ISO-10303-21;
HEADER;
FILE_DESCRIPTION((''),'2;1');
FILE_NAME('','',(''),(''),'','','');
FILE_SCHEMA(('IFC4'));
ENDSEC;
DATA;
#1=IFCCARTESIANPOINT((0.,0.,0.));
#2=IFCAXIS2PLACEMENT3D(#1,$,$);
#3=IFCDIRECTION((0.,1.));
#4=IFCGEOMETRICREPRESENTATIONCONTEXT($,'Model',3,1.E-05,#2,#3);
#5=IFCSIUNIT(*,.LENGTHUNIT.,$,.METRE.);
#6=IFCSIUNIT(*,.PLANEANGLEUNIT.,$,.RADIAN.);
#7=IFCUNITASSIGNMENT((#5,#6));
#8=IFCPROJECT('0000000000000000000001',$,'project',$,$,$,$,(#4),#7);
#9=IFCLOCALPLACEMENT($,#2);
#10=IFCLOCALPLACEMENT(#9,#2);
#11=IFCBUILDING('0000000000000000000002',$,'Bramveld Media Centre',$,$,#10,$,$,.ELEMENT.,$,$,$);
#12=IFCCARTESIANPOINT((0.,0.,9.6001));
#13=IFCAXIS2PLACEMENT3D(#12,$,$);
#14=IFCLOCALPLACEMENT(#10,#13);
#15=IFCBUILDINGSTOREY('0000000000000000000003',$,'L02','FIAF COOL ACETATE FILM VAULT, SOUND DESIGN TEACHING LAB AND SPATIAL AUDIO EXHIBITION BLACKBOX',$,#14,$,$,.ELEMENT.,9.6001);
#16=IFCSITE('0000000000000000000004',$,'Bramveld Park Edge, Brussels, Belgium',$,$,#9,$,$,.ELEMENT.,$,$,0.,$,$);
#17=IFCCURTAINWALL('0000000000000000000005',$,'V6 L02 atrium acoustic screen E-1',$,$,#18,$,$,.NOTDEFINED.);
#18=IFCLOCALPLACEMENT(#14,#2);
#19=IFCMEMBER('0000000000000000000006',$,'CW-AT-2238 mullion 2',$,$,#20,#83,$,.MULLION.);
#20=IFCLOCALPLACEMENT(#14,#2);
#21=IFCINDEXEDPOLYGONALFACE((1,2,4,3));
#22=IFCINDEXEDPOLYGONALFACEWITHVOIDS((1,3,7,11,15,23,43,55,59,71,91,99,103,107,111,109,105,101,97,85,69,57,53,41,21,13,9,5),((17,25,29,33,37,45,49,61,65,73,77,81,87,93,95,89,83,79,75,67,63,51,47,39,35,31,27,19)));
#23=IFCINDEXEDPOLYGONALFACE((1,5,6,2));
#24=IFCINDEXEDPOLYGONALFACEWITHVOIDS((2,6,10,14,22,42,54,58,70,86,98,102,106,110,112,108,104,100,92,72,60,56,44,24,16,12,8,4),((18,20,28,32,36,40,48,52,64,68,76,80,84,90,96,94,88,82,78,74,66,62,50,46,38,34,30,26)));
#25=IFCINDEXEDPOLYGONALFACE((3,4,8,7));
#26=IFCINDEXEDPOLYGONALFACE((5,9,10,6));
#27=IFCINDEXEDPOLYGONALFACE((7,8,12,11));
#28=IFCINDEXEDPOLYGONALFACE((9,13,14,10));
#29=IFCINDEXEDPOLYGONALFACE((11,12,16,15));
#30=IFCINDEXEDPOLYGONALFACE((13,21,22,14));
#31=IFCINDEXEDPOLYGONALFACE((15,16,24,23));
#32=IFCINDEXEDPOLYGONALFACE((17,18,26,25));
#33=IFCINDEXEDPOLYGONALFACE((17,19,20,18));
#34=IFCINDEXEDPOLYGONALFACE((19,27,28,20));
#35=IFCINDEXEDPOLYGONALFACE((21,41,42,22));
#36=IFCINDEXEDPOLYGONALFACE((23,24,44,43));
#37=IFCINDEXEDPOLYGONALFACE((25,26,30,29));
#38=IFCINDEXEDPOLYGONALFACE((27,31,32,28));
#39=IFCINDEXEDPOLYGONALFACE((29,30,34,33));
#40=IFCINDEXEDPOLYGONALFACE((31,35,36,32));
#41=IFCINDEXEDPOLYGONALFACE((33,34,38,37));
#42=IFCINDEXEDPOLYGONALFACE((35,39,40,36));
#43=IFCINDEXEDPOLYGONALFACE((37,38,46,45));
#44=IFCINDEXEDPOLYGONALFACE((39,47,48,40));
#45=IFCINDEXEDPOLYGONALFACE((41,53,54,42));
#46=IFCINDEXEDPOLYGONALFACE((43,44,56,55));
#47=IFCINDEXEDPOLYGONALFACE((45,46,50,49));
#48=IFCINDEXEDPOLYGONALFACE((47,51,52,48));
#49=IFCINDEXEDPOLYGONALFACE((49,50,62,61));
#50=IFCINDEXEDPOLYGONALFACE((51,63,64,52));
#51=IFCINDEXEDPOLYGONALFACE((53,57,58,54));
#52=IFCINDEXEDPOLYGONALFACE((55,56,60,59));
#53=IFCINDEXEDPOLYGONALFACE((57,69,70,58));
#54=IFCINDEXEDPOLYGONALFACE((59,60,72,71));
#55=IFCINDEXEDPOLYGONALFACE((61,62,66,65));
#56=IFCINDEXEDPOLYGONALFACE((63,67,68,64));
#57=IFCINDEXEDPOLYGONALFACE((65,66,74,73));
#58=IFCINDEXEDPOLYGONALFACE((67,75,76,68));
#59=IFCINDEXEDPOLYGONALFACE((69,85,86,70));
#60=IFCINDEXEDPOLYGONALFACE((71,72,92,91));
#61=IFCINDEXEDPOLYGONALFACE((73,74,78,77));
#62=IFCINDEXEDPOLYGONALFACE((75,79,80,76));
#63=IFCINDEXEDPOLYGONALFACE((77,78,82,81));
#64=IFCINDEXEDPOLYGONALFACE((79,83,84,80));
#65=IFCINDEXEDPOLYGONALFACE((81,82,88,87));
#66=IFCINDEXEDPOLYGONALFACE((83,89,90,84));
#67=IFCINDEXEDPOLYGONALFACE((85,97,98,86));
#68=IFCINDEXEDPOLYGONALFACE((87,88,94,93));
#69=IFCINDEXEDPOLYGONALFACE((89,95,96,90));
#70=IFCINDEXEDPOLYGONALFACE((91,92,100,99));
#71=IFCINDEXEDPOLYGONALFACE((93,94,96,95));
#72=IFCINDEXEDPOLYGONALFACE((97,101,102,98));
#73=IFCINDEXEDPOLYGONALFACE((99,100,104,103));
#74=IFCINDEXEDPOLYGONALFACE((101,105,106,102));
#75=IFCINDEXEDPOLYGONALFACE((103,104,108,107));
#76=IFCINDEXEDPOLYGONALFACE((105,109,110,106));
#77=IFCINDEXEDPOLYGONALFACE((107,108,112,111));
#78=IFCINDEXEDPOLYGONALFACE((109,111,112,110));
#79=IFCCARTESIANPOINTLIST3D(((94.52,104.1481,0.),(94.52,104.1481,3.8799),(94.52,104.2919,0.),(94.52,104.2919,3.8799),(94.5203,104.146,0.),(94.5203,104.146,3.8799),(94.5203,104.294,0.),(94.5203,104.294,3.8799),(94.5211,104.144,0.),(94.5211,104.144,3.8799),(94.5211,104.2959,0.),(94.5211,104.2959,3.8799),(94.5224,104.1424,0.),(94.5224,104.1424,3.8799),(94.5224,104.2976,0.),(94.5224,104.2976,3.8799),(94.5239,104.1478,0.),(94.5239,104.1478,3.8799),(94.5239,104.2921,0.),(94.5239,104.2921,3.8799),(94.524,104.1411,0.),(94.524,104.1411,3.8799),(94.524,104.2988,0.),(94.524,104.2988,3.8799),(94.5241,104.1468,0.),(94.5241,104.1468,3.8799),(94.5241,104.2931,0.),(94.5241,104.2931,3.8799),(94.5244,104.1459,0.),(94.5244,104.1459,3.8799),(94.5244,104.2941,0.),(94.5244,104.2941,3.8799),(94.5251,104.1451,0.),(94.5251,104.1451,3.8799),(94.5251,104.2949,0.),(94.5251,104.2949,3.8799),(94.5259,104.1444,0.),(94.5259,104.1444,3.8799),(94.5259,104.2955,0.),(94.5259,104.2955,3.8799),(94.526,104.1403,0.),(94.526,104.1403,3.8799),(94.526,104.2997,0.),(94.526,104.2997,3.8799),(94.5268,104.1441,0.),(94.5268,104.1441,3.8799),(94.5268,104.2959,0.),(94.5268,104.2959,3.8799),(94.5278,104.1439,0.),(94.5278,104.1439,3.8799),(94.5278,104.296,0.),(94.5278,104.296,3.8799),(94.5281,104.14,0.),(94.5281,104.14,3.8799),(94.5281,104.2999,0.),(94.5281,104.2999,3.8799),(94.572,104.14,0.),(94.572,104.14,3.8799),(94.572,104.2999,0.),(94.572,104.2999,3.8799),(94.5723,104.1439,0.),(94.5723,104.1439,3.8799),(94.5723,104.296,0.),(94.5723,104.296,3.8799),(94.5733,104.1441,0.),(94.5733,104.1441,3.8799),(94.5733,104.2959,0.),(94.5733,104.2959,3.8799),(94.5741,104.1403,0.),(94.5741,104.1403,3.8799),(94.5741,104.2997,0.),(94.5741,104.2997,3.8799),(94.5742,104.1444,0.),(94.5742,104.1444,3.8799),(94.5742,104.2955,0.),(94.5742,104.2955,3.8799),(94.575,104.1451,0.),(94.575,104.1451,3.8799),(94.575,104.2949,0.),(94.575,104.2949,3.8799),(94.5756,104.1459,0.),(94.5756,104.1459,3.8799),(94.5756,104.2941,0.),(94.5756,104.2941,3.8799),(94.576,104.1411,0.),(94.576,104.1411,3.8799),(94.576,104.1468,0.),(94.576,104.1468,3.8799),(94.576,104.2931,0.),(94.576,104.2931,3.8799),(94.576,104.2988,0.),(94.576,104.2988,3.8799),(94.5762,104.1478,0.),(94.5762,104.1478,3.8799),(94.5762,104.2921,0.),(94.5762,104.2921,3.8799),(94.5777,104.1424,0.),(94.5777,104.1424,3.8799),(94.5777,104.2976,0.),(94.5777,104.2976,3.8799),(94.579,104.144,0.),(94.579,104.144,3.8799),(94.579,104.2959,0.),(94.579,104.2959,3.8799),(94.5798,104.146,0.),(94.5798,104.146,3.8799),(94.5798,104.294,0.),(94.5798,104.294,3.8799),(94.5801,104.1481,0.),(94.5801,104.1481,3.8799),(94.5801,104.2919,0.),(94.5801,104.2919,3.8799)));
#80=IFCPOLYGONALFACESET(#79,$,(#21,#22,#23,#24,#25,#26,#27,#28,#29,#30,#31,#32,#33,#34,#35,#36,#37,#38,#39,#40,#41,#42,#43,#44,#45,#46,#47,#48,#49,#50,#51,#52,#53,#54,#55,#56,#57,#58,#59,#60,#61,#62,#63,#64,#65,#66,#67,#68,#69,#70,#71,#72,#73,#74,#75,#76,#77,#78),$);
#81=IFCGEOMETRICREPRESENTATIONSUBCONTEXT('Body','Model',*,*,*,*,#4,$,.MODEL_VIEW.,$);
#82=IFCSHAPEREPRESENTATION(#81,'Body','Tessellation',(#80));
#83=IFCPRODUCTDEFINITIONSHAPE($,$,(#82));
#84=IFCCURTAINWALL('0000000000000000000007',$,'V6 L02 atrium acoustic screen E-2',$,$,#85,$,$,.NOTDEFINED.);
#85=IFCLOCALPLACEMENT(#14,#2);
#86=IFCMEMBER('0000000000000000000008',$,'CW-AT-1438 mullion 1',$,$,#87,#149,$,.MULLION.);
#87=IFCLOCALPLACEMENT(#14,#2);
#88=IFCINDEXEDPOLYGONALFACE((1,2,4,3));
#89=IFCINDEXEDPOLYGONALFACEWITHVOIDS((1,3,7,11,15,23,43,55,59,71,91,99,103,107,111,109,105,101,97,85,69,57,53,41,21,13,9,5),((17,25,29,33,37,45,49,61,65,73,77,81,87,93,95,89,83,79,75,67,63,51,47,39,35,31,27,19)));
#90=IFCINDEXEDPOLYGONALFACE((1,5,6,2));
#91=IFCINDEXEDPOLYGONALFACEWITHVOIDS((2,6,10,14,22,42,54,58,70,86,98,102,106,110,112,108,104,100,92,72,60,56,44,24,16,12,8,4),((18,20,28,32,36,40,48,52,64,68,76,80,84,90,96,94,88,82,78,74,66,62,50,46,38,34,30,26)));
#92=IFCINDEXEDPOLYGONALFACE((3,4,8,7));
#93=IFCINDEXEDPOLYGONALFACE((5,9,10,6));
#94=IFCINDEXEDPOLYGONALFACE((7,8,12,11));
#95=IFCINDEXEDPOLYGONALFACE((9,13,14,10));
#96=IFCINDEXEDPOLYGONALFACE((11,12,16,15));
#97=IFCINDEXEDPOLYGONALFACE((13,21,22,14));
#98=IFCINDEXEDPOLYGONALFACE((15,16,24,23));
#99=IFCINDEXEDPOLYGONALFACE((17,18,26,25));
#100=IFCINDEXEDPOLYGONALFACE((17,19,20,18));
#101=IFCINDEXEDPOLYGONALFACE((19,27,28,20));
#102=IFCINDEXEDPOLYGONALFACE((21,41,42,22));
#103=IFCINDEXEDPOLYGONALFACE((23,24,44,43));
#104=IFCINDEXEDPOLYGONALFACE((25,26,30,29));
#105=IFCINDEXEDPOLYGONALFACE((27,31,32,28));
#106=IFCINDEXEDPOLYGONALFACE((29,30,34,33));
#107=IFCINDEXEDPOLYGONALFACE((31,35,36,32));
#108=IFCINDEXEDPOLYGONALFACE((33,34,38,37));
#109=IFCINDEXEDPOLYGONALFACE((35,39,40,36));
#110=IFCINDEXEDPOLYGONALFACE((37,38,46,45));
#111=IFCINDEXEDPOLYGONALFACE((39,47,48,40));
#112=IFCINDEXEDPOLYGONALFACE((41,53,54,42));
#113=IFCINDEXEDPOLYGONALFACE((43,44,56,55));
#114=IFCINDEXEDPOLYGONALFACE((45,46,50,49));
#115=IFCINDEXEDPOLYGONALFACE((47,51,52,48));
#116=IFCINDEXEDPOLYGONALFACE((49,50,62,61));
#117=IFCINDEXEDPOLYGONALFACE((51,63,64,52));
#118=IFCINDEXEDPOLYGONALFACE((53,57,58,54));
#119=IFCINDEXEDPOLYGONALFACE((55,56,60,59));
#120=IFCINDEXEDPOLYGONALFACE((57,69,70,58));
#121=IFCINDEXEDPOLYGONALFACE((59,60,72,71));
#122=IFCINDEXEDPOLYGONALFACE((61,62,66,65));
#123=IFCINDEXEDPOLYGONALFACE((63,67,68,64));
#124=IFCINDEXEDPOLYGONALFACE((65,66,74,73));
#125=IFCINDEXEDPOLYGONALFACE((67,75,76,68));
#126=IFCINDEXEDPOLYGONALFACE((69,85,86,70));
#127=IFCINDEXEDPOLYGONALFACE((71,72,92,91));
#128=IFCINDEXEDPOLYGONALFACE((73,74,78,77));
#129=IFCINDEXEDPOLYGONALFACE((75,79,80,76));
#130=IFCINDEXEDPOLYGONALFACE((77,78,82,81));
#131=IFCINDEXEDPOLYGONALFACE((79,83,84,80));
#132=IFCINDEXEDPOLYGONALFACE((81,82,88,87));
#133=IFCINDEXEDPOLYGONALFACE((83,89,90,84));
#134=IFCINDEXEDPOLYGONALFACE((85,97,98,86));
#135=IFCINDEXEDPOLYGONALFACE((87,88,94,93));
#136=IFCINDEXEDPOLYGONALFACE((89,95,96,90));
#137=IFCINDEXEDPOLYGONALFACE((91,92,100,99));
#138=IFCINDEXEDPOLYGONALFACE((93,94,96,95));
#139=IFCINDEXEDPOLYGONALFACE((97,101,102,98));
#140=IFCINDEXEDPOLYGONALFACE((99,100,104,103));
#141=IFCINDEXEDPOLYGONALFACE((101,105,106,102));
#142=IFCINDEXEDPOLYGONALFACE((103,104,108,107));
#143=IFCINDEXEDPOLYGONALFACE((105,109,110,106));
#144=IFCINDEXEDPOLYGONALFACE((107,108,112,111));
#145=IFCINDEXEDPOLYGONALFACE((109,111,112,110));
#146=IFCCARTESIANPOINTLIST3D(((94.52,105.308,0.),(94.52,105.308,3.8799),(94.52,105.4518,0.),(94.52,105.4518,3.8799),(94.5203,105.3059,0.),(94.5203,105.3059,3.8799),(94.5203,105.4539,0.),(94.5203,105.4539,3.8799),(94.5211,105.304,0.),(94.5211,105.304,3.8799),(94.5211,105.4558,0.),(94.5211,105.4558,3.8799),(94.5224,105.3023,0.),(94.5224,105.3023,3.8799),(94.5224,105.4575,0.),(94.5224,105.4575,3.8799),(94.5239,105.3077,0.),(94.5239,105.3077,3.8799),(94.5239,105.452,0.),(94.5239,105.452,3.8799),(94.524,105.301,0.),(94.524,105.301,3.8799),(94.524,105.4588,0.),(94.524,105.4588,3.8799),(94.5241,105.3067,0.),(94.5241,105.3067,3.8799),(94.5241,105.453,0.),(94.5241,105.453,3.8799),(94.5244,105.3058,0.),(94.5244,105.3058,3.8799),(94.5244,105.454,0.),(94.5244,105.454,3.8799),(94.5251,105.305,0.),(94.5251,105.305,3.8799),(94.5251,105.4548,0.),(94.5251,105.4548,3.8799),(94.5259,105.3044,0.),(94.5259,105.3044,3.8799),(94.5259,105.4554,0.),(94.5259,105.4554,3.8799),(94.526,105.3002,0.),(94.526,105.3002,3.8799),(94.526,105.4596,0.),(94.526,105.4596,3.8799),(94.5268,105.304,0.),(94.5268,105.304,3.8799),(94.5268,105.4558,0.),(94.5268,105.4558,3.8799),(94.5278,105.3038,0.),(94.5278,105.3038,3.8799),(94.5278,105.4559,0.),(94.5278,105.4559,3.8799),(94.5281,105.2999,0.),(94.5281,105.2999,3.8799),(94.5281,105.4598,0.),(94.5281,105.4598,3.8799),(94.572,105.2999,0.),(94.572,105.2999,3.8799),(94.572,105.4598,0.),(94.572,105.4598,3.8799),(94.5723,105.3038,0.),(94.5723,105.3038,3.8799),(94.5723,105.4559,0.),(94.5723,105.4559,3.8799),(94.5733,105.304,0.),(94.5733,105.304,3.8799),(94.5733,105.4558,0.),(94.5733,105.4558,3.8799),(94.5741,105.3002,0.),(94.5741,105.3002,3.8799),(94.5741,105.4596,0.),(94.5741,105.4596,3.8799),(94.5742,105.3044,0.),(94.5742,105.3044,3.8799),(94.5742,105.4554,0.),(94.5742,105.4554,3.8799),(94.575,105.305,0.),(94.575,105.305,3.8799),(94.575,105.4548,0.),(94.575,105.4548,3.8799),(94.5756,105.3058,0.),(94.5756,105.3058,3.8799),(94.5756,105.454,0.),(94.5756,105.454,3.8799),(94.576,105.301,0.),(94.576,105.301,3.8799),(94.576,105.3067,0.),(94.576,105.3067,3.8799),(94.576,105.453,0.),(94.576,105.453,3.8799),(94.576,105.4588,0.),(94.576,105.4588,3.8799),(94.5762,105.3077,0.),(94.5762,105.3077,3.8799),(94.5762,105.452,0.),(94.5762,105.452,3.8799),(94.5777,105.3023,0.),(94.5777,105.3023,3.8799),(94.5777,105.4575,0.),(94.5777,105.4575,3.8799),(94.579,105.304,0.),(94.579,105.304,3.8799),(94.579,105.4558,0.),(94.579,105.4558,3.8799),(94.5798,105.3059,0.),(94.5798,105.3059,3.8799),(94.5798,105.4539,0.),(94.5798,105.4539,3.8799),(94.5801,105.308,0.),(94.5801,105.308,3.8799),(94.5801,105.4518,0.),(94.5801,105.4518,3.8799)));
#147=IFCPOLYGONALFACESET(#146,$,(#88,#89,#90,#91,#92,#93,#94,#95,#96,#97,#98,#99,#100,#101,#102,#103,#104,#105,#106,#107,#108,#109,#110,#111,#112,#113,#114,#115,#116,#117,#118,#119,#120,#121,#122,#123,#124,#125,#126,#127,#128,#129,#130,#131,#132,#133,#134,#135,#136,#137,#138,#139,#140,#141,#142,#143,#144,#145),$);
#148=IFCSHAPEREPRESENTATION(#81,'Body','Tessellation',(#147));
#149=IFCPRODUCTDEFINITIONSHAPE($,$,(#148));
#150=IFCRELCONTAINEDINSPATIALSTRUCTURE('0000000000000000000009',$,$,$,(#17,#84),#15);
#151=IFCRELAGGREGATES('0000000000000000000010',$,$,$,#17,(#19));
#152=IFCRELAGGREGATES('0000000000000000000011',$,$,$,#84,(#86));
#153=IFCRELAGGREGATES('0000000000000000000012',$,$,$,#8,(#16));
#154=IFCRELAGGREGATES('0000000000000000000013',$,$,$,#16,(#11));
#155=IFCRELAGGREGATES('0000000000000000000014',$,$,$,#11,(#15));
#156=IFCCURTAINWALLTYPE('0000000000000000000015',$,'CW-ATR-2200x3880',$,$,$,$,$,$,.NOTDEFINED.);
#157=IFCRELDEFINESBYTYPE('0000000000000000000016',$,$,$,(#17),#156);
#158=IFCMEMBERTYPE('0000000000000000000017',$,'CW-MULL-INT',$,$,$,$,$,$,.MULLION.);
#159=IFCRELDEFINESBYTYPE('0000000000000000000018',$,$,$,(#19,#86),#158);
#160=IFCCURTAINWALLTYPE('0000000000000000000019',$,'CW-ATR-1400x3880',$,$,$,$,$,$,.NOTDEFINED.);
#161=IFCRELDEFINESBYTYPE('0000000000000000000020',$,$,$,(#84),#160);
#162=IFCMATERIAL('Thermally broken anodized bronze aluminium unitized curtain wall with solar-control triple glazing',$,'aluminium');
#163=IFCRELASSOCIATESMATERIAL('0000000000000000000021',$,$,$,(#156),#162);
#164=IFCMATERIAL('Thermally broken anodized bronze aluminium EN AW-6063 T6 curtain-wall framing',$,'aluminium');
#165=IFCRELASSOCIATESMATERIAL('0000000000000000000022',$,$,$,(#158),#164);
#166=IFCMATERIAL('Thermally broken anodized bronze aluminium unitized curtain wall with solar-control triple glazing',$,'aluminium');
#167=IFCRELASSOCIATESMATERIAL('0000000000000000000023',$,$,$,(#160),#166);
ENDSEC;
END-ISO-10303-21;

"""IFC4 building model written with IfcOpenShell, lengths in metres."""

from ifc_helpers import new_model, si_unit, direction, frame, origin, origin_2d, place, context, subcontext, project, spatial, hollow_rectangle, extrude, material, material_profile, profile_set, type_object, element, aggregate, save


model = new_model("IFC4")

# Units and contexts
model_context = context("Model", 3, precision=1e-05, world=origin(), true_north=direction((0.0, 1.0)))
body_context = subcontext(model_context, "Body", "Model", "MODEL_VIEW")
ifc_project = project(units=[si_unit("LENGTHUNIT", "METRE"), si_unit("PLANEANGLEUNIT", "RADIAN")], contexts=[model_context])

# Site, building, storey
site_placement = place(None, origin())
site = spatial("IfcSite", under=ifc_project, at=site_placement, Name="Bramveld Park Edge, Brussels, Belgium", CompositionType="ELEMENT", RefElevation=0.0)
building_placement = place(site_placement, origin())
building = spatial("IfcBuilding", under=site, at=building_placement, Name="Bramveld Media Centre", CompositionType="ELEMENT")
storey_placement = place(building_placement, frame((0.0, 0.0, 9.6001)))
storey = spatial("IfcBuildingStorey", under=building, at=storey_placement, Name="L02", Description="FIAF COOL ACETATE FILM VAULT, SOUND DESIGN TEACHING LAB AND SPATIAL AUDIO EXHIBITION BLACKBOX", CompositionType="ELEMENT", Elevation=9.6001)

# Curtain wall, member
ifc_material_1 = material(Name="Thermally broken anodized bronze aluminium unitized curtain wall with solar-control triple glazing", Category="aluminium")
curtain_wall_type_1 = type_object("IfcCurtainWallType", Name="CW-ATR-2200x3880", PredefinedType="NOTDEFINED", material=ifc_material_1)
curtain_wall_1_placement = place(storey_placement, origin())
curtain_wall_1 = element("IfcCurtainWall", 1, at=curtain_wall_1_placement, inside=storey, type_object=curtain_wall_type_1, Name="V6 L02 atrium acoustic screen E-1", PredefinedType="NOTDEFINED")
ifc_material_2 = material(Name="Thermally broken anodized bronze aluminium EN AW-6063 T6 curtain-wall framing", Category="aluminium")
ifc_material_profile_1 = material_profile(ifc_material_2, hollow_rectangle(XDim=0.0601, YDim=0.1599, WallThickness=0.0039, InnerFilletRadius=0.0039, OuterFilletRadius=0.0081, at=origin_2d()), Name="AL-MULL 60x160")
ifc_profile_set_1 = profile_set([ifc_material_profile_1], Name="Thermally broken anodized bronze aluminium EN AW-6063 T6 curtain-wall framing")
member_type_1 = type_object("IfcMemberType", Name="CW-MULL-INT", PredefinedType="MULLION", material=ifc_profile_set_1)
member_1_placement = place(storey_placement, frame((94.55, 104.22, 0.0), z_axis=(0.0, 0.0, 1.0), x_axis=(-1.0, 0.0, 0.0)))
member_1 = element("IfcMember", 2, at=member_1_placement, type_object=member_type_1, Name="CW-AT-2238 mullion 2", PredefinedType="MULLION", context=body_context, shape_type="SweptSolid", body=[
    extrude(hollow_rectangle(XDim=0.0601, YDim=0.1599, WallThickness=0.0039, InnerFilletRadius=0.0039, OuterFilletRadius=0.0081, at=origin_2d()), origin(), (0.0, 0.0, 1.0), 3.8799),
])

# Curtain wall, member
ifc_material_3 = material(Name="Thermally broken anodized bronze aluminium unitized curtain wall with solar-control triple glazing", Category="aluminium")
curtain_wall_type_2 = type_object("IfcCurtainWallType", Name="CW-ATR-1400x3880", PredefinedType="NOTDEFINED", material=ifc_material_3)
curtain_wall_2_placement = place(storey_placement, origin())
curtain_wall_2 = element("IfcCurtainWall", 3, at=curtain_wall_2_placement, inside=storey, type_object=curtain_wall_type_2, Name="V6 L02 atrium acoustic screen E-2", PredefinedType="NOTDEFINED")
member_2_placement = place(storey_placement, frame((94.55, 105.3799, 0.0), z_axis=(0.0, 0.0, 1.0), x_axis=(-1.0, 0.0, 0.0)))
member_2 = element("IfcMember", 4, at=member_2_placement, type_object=member_type_1, Name="CW-AT-1438 mullion 1", PredefinedType="MULLION", context=body_context, shape_type="SweptSolid", body=[
    extrude(hollow_rectangle(XDim=0.0601, YDim=0.1599, WallThickness=0.0039, InnerFilletRadius=0.0039, OuterFilletRadius=0.0081, at=origin_2d()), origin(), (0.0, 0.0, 1.0), 3.8799),
])

aggregate(curtain_wall_1, [member_1])
aggregate(curtain_wall_2, [member_2])

save(model, "model.ifc")
